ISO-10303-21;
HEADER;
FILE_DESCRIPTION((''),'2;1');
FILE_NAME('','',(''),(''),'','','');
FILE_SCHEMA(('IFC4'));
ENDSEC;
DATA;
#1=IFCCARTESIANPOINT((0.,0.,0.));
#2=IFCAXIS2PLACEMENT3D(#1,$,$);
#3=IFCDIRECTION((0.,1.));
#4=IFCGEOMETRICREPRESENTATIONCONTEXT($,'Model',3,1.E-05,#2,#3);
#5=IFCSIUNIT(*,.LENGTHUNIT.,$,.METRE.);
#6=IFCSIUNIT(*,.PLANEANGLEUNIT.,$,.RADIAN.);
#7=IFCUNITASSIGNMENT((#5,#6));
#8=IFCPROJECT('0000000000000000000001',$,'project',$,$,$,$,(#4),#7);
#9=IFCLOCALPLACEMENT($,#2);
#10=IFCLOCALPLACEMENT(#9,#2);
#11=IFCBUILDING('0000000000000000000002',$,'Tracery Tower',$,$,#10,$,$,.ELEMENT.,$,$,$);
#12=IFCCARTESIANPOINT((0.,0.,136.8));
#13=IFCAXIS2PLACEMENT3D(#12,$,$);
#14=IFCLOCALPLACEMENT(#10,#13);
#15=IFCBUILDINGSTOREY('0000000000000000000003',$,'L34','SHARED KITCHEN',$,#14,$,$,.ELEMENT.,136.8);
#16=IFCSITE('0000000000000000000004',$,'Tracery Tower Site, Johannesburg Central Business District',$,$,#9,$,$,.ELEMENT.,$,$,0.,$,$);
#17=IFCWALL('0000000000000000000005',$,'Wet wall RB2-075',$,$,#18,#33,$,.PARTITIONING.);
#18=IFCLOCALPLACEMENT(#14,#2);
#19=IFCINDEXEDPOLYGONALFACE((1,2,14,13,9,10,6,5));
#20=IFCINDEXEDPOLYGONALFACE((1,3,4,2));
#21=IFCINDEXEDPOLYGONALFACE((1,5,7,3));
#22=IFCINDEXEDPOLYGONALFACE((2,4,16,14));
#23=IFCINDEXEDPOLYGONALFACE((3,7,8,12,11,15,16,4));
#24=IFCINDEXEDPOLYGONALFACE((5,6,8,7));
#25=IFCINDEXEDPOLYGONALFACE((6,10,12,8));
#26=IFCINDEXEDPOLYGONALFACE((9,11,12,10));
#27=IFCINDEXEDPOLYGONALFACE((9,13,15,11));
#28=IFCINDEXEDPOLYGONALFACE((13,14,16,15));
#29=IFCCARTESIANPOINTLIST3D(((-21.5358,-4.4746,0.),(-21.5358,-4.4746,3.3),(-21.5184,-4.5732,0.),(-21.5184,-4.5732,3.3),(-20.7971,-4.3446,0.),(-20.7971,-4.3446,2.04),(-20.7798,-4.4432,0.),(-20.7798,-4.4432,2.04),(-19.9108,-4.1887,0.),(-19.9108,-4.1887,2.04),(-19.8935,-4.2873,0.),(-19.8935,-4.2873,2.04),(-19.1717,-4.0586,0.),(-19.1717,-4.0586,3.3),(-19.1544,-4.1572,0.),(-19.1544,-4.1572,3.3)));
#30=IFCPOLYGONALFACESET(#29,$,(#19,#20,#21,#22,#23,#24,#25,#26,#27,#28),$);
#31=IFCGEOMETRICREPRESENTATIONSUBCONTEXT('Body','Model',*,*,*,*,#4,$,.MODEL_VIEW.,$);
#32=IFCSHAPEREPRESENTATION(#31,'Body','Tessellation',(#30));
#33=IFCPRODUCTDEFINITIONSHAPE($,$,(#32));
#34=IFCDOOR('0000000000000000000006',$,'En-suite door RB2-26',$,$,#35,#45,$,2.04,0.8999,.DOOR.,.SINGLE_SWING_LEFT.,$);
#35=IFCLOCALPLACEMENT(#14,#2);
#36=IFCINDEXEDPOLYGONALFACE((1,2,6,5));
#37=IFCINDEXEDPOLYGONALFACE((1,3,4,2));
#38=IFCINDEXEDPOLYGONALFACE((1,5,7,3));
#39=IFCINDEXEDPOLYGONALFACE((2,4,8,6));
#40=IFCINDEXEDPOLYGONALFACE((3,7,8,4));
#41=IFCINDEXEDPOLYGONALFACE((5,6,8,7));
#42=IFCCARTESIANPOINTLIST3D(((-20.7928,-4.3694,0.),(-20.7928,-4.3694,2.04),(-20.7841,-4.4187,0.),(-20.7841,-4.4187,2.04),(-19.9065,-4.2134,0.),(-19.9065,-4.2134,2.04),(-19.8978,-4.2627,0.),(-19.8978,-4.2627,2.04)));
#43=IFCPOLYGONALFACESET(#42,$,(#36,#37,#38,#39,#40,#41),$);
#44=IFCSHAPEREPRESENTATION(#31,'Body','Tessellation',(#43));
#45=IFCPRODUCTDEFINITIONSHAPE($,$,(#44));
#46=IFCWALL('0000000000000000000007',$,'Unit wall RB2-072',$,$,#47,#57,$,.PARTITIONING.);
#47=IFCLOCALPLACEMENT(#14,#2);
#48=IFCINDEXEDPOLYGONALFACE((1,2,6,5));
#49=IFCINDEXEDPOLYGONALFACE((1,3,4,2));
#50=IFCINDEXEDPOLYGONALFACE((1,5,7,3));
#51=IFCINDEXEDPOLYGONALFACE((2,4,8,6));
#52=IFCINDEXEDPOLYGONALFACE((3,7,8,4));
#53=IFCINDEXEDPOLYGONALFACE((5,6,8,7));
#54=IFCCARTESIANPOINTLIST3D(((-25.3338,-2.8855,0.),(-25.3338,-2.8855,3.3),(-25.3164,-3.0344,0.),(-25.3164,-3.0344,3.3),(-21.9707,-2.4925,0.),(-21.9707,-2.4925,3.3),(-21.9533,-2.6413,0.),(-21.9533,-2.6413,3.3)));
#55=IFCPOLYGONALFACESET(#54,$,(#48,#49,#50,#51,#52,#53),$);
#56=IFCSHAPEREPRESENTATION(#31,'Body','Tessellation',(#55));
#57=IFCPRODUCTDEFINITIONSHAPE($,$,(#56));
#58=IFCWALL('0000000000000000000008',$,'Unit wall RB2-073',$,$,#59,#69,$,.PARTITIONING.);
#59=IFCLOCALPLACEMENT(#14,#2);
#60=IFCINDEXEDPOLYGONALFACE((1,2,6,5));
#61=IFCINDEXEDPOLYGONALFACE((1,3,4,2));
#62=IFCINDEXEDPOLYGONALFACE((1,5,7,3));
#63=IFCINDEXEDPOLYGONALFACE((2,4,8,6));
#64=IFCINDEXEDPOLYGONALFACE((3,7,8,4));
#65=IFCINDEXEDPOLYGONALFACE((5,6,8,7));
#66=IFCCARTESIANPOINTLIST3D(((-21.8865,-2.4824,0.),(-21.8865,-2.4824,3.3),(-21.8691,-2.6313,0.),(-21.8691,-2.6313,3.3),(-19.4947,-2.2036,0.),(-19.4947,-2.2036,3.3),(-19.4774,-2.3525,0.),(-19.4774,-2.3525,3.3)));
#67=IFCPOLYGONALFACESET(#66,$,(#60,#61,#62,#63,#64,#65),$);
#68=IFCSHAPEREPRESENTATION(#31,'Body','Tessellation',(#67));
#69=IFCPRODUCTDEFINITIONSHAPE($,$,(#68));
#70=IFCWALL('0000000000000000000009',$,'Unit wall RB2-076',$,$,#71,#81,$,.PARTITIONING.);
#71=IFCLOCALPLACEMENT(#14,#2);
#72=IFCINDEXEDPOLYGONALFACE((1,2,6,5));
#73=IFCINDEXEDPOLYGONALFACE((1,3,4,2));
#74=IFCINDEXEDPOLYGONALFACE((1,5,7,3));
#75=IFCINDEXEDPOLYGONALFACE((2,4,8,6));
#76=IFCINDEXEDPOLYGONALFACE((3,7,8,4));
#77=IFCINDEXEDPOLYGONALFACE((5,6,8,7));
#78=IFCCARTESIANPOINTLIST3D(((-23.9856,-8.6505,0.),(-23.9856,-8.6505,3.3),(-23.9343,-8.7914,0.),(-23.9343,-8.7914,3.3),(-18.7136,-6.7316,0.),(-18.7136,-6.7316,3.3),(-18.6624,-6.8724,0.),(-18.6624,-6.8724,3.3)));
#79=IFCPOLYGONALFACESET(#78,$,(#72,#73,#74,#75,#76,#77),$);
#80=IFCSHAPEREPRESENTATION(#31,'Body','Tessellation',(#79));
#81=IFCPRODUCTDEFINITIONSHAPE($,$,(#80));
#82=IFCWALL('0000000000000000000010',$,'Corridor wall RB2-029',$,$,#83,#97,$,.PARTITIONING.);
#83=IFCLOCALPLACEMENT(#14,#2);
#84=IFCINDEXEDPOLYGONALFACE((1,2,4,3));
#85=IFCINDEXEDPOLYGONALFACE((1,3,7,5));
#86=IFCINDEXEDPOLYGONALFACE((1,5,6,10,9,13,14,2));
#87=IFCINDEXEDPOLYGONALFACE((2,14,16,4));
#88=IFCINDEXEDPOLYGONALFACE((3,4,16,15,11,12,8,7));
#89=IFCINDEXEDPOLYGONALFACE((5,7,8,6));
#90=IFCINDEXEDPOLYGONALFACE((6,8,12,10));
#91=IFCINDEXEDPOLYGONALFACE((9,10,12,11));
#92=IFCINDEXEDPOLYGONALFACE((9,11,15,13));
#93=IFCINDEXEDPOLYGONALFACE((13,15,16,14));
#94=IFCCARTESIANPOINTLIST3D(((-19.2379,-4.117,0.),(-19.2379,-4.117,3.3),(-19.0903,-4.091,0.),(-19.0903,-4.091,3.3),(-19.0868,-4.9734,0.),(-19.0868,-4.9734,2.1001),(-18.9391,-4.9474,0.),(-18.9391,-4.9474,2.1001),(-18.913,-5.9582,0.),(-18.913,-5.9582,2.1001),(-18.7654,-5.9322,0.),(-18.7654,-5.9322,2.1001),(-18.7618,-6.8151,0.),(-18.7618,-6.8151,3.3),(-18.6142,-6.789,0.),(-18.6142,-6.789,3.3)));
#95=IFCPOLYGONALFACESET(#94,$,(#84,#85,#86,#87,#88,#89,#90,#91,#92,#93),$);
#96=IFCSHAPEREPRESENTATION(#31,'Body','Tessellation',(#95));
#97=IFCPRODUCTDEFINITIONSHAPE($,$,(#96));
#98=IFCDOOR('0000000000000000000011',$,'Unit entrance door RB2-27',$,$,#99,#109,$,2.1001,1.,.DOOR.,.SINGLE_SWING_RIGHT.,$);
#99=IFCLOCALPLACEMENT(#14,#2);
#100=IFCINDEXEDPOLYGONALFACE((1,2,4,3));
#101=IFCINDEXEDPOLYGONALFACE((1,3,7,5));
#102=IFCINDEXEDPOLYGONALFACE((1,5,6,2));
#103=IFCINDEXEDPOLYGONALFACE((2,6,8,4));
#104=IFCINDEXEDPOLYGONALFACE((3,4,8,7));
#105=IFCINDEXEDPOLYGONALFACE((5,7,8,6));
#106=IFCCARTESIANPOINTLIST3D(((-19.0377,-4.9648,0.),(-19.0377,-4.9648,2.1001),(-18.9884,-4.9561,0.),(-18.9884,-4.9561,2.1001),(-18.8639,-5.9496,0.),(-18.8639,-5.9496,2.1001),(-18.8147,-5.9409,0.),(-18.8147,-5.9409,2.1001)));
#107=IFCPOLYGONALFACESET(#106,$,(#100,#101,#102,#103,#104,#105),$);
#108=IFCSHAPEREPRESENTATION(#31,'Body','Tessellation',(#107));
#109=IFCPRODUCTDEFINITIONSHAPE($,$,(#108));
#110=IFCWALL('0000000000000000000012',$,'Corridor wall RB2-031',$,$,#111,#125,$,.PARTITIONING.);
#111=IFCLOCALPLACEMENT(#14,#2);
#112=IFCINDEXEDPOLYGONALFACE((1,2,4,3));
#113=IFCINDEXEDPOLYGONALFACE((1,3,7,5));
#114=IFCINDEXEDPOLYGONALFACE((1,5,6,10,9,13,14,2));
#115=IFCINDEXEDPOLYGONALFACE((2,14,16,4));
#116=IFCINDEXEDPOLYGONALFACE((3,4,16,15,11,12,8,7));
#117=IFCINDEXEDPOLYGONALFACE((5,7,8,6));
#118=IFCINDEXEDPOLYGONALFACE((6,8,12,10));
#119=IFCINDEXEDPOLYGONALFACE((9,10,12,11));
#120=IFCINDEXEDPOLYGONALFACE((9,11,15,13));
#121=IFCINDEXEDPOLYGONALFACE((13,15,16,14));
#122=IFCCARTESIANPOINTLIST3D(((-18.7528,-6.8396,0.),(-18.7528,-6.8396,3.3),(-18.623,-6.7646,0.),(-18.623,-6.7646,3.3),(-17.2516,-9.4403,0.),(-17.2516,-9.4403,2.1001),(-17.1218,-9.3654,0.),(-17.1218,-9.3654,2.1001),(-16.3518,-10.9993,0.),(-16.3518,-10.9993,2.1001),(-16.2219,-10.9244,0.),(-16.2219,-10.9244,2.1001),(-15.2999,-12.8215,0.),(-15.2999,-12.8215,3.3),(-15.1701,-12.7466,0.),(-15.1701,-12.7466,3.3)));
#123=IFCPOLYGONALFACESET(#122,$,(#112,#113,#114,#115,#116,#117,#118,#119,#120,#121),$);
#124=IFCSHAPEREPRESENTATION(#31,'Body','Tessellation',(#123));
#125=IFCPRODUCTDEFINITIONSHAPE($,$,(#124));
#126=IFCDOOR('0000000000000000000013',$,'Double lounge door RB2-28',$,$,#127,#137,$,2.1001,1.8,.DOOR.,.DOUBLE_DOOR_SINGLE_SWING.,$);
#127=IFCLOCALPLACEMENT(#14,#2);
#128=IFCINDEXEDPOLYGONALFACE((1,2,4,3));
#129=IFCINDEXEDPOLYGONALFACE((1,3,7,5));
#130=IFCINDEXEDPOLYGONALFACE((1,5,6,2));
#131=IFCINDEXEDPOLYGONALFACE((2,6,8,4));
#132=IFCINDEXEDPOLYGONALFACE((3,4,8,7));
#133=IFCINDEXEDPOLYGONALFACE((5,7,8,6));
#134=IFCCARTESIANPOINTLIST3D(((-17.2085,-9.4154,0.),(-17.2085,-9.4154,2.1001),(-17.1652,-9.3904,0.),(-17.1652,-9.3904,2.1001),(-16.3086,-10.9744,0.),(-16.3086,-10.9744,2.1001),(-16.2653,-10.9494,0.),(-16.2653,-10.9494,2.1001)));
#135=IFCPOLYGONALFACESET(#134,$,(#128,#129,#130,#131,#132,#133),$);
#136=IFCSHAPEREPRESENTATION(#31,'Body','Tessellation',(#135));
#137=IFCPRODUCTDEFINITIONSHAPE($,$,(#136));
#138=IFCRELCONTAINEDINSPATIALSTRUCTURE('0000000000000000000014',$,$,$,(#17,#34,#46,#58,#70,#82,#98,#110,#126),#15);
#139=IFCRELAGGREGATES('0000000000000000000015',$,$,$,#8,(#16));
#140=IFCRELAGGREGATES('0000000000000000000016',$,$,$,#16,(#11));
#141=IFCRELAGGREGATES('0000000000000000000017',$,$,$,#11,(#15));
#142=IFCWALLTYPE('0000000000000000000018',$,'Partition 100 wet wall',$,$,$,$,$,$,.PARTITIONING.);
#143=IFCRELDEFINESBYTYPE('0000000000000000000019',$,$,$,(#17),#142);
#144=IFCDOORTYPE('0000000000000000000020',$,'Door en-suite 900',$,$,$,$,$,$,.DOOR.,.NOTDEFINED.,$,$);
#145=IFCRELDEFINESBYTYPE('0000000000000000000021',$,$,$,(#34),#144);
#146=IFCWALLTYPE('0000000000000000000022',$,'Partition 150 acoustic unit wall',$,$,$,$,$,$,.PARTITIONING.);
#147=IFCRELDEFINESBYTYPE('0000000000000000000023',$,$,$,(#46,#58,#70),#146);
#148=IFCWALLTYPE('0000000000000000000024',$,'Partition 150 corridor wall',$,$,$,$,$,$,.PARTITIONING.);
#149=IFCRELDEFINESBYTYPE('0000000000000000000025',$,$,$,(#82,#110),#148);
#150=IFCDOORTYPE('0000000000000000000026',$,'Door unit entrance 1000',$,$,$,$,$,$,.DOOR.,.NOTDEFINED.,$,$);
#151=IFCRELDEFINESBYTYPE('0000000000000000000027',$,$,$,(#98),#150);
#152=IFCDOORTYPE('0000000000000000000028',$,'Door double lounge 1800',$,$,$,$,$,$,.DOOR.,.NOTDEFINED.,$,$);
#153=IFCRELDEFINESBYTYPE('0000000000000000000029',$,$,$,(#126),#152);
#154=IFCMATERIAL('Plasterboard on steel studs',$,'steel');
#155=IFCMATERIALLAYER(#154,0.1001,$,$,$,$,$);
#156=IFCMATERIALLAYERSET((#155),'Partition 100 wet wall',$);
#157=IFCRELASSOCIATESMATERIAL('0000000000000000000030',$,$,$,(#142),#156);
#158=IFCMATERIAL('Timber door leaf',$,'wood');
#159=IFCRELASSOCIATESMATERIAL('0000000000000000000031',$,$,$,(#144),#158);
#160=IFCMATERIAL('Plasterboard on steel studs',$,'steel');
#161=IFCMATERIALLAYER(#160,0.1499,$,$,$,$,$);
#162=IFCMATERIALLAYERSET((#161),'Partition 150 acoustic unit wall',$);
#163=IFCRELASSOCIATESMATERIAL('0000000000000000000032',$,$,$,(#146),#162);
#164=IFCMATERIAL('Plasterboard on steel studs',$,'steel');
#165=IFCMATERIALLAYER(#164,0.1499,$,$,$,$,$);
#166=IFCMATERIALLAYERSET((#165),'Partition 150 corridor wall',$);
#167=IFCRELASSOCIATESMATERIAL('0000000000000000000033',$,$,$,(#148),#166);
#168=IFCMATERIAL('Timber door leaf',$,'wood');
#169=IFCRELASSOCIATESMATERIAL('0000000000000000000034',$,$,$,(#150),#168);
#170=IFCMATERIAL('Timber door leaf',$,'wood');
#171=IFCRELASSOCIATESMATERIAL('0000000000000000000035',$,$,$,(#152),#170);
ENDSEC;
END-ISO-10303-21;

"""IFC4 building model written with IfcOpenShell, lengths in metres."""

from ifc_helpers import new_model, si_unit, direction, frame, frame_2d, origin, place, context, subcontext, project, spatial, rectangle, extrude, material, layer, layer_set, type_object, element, fill, save


model = new_model("IFC4")

# Units and contexts
model_context = context("Model", 3, precision=1e-05, world=origin(), true_north=direction((0.0, 1.0)))
body_context = subcontext(model_context, "Body", "Model", "MODEL_VIEW")
ifc_project = project(units=[si_unit("LENGTHUNIT", "METRE"), si_unit("PLANEANGLEUNIT", "RADIAN")], contexts=[model_context])

# Site, building, storey
site_placement = place(None, origin())
site = spatial("IfcSite", under=ifc_project, at=site_placement, Name="Tracery Tower Site, Johannesburg Central Business District", CompositionType="ELEMENT", RefElevation=0.0)
building_placement = place(site_placement, origin())
building = spatial("IfcBuilding", under=site, at=building_placement, Name="Tracery Tower", CompositionType="ELEMENT")
storey_placement = place(building_placement, frame((0.0, 0.0, 136.8)))
storey = spatial("IfcBuildingStorey", under=building, at=storey_placement, Name="L34", Description="SHARED KITCHEN", CompositionType="ELEMENT", Elevation=136.8)

# Shared definitions
ifc_material_1 = material(Name="Plasterboard on steel studs", Category="steel")
ifc_layer_1 = layer(ifc_material_1, 0.1001)
ifc_layer_set_1 = layer_set([ifc_layer_1], Name="Partition 100 wet wall")
wall_type_1 = type_object("IfcWallType", Name="Partition 100 wet wall", PredefinedType="PARTITIONING", material=ifc_layer_set_1)
ifc_material_2 = material(Name="Timber door leaf", Category="wood")
door_type_1 = type_object("IfcDoorType", Name="Door en-suite 900", OperationType="NOTDEFINED", PredefinedType="DOOR", material=ifc_material_2)

# Wall, opening, door
wall_1_placement = place(storey_placement, frame((-21.5271, -4.5239, 0.0), z_axis=(0.0, 0.0, 1.0), x_axis=(0.984866, 0.173315, 0.0)))
wall_1 = element("IfcWall", 1, at=wall_1_placement, inside=storey, type_object=wall_type_1, Name="Wet wall RB2-075", PredefinedType="PARTITIONING", context=body_context, shape_type="SweptSolid", body=[
    extrude(rectangle(XDim=2.4004, YDim=0.1001, at=frame_2d((1.2002, 0.0))), origin(), (0.0, 0.0, 1.0), 3.3),
])
opening_1_placement = place(wall_1_placement, frame((0.75, 0.0, 0.0)))
opening_1 = element("IfcOpeningElement", 2, at=opening_1_placement, cuts=wall_1, PredefinedType="OPENING", context=body_context, shape_type="SweptSolid", body=[
    extrude(rectangle(XDim=0.8999, YDim=2.04, at=frame_2d((0.45, 1.02))), frame((0.0, 0.05, 0.0), z_axis=(0.0, -1.0, 0.0), x_axis=(1.0, 0.0, 0.0)), (0.0, 0.0, 1.0), 0.1001),
])
door_1_placement = place(opening_1_placement, origin())
door_1 = element("IfcDoor", 3, at=door_1_placement, inside=storey, type_object=door_type_1, Name="En-suite door RB2-26", OperationType="SINGLE_SWING_LEFT", OverallHeight=2.04, OverallWidth=0.8999, PredefinedType="DOOR", context=body_context, shape_type="SweptSolid", body=[
    extrude(rectangle(XDim=0.8999, YDim=2.04, at=frame_2d((0.45, 1.02))), frame((0.0, 0.0249, 0.0), z_axis=(0.0, -1.0, 0.0), x_axis=(1.0, 0.0, 0.0)), (0.0, 0.0, 1.0), 0.05),
])
fill(opening_1, door_1)

# Walls
ifc_material_3 = material(Name="Plasterboard on steel studs", Category="steel")
ifc_layer_2 = layer(ifc_material_3, 0.1499)
ifc_layer_set_2 = layer_set([ifc_layer_2], Name="Partition 150 acoustic unit wall")
wall_type_2 = type_object("IfcWallType", Name="Partition 150 acoustic unit wall", PredefinedType="PARTITIONING", material=ifc_layer_set_2)
wall_2_placement = place(storey_placement, frame((-25.325, -2.96, 0.0), z_axis=(0.0, 0.0, 1.0), x_axis=(0.993239, 0.116088, 0.0)))
element("IfcWall", 4, at=wall_2_placement, inside=storey, type_object=wall_type_2, Name="Unit wall RB2-072", PredefinedType="PARTITIONING", context=body_context, shape_type="SweptSolid", body=[
    extrude(rectangle(XDim=3.386, YDim=0.1499, at=frame_2d((1.6929, 0.0))), origin(), (0.0, 0.0, 1.0), 3.3),
])
wall_3_placement = place(storey_placement, frame((-21.8779, -2.5569, 0.0), z_axis=(0.0, 0.0, 1.0), x_axis=(0.993275, 0.115782, 0.0)))
element("IfcWall", 5, at=wall_3_placement, inside=storey, type_object=wall_type_2, Name="Unit wall RB2-073", PredefinedType="PARTITIONING", context=body_context, shape_type="SweptSolid", body=[
    extrude(rectangle(XDim=2.408, YDim=0.1499, at=frame_2d((1.2041, 0.0))), origin(), (0.0, 0.0, 1.0), 3.3),
])
wall_4_placement = place(storey_placement, frame((-23.96, -8.7209, 0.0), z_axis=(0.0, 0.0, 1.0), x_axis=(0.939687, 0.342037, 0.0)))
element("IfcWall", 6, at=wall_4_placement, inside=storey, type_object=wall_type_2, Name="Unit wall RB2-076", PredefinedType="PARTITIONING", context=body_context, shape_type="SweptSolid", body=[
    extrude(rectangle(XDim=5.6104, YDim=0.1499, at=frame_2d((2.8052, 0.0))), origin(), (0.0, 0.0, 1.0), 3.3),
])

# Walls, openings, doors
ifc_material_4 = material(Name="Plasterboard on steel studs", Category="steel")
ifc_layer_3 = layer(ifc_material_4, 0.1499)
ifc_layer_set_3 = layer_set([ifc_layer_3], Name="Partition 150 corridor wall")
wall_type_3 = type_object("IfcWallType", Name="Partition 150 corridor wall", PredefinedType="PARTITIONING", material=ifc_layer_set_3)
wall_5_placement = place(storey_placement, frame((-19.1641, -4.104, 0.0), z_axis=(0.0, 0.0, 1.0), x_axis=(0.17377, -0.984786, 0.0)))
wall_5 = element("IfcWall", 7, at=wall_5_placement, inside=storey, type_object=wall_type_3, Name="Corridor wall RB2-029", PredefinedType="PARTITIONING", context=body_context, shape_type="SweptSolid", body=[
    extrude(rectangle(XDim=2.7397, YDim=0.1499, at=frame_2d((1.3699, 0.0))), origin(), (0.0, 0.0, 1.0), 3.3),
])
opening_2_placement = place(wall_5_placement, frame((0.8696, 0.0, 0.0)))
opening_2 = element("IfcOpeningElement", 8, at=opening_2_placement, cuts=wall_5, PredefinedType="OPENING", context=body_context, shape_type="SweptSolid", body=[
    extrude(rectangle(XDim=1.0, YDim=2.1001, at=frame_2d((0.5, 1.05))), frame((0.0, 0.075, 0.0), z_axis=(0.0, -1.0, 0.0), x_axis=(1.0, 0.0, 0.0)), (0.0, 0.0, 1.0), 0.1499),
])
ifc_material_5 = material(Name="Timber door leaf", Category="wood")
door_type_2 = type_object("IfcDoorType", Name="Door unit entrance 1000", OperationType="NOTDEFINED", PredefinedType="DOOR", material=ifc_material_5)
door_2_placement = place(opening_2_placement, origin())
door_2 = element("IfcDoor", 9, at=door_2_placement, inside=storey, type_object=door_type_2, Name="Unit entrance door RB2-27", OperationType="SINGLE_SWING_RIGHT", OverallHeight=2.1001, OverallWidth=1.0, PredefinedType="DOOR", context=body_context, shape_type="SweptSolid", body=[
    extrude(rectangle(XDim=1.0, YDim=2.1001, at=frame_2d((0.5, 1.05))), frame((0.0, 0.0249, 0.0), z_axis=(0.0, -1.0, 0.0), x_axis=(1.0, 0.0, 0.0)), (0.0, 0.0, 1.0), 0.05),
])
fill(opening_2, door_2)
wall_6_placement = place(storey_placement, frame((-18.688, -6.802, 0.0), z_axis=(0.0, 0.0, 1.0), x_axis=(0.499914, -0.866075, 0.0)))
wall_6 = element("IfcWall", 10, at=wall_6_placement, inside=storey, type_object=wall_type_3, Name="Corridor wall RB2-031", PredefinedType="PARTITIONING", context=body_context, shape_type="SweptSolid", body=[
    extrude(rectangle(XDim=6.907, YDim=0.1499, at=frame_2d((3.4536, 0.0))), origin(), (0.0, 0.0, 1.0), 3.3),
])
opening_3_placement = place(wall_6_placement, frame((3.0032, 0.0, 0.0)))
opening_3 = element("IfcOpeningElement", 11, at=opening_3_placement, cuts=wall_6, PredefinedType="OPENING", context=body_context, shape_type="SweptSolid", body=[
    extrude(rectangle(XDim=1.8, YDim=2.1001, at=frame_2d((0.8999, 1.05))), frame((0.0, 0.075, 0.0), z_axis=(0.0, -1.0, 0.0), x_axis=(1.0, 0.0, 0.0)), (0.0, 0.0, 1.0), 0.1499),
])
ifc_material_6 = material(Name="Timber door leaf", Category="wood")
door_type_3 = type_object("IfcDoorType", Name="Door double lounge 1800", OperationType="NOTDEFINED", PredefinedType="DOOR", material=ifc_material_6)
door_3_placement = place(opening_3_placement, origin())
door_3 = element("IfcDoor", 12, at=door_3_placement, inside=storey, type_object=door_type_3, Name="Double lounge door RB2-28", OperationType="DOUBLE_DOOR_SINGLE_SWING", OverallHeight=2.1001, OverallWidth=1.8, PredefinedType="DOOR", context=body_context, shape_type="SweptSolid", body=[
    extrude(rectangle(XDim=1.8, YDim=2.1001, at=frame_2d((0.8999, 1.05))), frame((0.0, 0.0249, 0.0), z_axis=(0.0, -1.0, 0.0), x_axis=(1.0, 0.0, 0.0)), (0.0, 0.0, 1.0), 0.05),
])
fill(opening_3, door_3)

save(model, "model.ifc")
